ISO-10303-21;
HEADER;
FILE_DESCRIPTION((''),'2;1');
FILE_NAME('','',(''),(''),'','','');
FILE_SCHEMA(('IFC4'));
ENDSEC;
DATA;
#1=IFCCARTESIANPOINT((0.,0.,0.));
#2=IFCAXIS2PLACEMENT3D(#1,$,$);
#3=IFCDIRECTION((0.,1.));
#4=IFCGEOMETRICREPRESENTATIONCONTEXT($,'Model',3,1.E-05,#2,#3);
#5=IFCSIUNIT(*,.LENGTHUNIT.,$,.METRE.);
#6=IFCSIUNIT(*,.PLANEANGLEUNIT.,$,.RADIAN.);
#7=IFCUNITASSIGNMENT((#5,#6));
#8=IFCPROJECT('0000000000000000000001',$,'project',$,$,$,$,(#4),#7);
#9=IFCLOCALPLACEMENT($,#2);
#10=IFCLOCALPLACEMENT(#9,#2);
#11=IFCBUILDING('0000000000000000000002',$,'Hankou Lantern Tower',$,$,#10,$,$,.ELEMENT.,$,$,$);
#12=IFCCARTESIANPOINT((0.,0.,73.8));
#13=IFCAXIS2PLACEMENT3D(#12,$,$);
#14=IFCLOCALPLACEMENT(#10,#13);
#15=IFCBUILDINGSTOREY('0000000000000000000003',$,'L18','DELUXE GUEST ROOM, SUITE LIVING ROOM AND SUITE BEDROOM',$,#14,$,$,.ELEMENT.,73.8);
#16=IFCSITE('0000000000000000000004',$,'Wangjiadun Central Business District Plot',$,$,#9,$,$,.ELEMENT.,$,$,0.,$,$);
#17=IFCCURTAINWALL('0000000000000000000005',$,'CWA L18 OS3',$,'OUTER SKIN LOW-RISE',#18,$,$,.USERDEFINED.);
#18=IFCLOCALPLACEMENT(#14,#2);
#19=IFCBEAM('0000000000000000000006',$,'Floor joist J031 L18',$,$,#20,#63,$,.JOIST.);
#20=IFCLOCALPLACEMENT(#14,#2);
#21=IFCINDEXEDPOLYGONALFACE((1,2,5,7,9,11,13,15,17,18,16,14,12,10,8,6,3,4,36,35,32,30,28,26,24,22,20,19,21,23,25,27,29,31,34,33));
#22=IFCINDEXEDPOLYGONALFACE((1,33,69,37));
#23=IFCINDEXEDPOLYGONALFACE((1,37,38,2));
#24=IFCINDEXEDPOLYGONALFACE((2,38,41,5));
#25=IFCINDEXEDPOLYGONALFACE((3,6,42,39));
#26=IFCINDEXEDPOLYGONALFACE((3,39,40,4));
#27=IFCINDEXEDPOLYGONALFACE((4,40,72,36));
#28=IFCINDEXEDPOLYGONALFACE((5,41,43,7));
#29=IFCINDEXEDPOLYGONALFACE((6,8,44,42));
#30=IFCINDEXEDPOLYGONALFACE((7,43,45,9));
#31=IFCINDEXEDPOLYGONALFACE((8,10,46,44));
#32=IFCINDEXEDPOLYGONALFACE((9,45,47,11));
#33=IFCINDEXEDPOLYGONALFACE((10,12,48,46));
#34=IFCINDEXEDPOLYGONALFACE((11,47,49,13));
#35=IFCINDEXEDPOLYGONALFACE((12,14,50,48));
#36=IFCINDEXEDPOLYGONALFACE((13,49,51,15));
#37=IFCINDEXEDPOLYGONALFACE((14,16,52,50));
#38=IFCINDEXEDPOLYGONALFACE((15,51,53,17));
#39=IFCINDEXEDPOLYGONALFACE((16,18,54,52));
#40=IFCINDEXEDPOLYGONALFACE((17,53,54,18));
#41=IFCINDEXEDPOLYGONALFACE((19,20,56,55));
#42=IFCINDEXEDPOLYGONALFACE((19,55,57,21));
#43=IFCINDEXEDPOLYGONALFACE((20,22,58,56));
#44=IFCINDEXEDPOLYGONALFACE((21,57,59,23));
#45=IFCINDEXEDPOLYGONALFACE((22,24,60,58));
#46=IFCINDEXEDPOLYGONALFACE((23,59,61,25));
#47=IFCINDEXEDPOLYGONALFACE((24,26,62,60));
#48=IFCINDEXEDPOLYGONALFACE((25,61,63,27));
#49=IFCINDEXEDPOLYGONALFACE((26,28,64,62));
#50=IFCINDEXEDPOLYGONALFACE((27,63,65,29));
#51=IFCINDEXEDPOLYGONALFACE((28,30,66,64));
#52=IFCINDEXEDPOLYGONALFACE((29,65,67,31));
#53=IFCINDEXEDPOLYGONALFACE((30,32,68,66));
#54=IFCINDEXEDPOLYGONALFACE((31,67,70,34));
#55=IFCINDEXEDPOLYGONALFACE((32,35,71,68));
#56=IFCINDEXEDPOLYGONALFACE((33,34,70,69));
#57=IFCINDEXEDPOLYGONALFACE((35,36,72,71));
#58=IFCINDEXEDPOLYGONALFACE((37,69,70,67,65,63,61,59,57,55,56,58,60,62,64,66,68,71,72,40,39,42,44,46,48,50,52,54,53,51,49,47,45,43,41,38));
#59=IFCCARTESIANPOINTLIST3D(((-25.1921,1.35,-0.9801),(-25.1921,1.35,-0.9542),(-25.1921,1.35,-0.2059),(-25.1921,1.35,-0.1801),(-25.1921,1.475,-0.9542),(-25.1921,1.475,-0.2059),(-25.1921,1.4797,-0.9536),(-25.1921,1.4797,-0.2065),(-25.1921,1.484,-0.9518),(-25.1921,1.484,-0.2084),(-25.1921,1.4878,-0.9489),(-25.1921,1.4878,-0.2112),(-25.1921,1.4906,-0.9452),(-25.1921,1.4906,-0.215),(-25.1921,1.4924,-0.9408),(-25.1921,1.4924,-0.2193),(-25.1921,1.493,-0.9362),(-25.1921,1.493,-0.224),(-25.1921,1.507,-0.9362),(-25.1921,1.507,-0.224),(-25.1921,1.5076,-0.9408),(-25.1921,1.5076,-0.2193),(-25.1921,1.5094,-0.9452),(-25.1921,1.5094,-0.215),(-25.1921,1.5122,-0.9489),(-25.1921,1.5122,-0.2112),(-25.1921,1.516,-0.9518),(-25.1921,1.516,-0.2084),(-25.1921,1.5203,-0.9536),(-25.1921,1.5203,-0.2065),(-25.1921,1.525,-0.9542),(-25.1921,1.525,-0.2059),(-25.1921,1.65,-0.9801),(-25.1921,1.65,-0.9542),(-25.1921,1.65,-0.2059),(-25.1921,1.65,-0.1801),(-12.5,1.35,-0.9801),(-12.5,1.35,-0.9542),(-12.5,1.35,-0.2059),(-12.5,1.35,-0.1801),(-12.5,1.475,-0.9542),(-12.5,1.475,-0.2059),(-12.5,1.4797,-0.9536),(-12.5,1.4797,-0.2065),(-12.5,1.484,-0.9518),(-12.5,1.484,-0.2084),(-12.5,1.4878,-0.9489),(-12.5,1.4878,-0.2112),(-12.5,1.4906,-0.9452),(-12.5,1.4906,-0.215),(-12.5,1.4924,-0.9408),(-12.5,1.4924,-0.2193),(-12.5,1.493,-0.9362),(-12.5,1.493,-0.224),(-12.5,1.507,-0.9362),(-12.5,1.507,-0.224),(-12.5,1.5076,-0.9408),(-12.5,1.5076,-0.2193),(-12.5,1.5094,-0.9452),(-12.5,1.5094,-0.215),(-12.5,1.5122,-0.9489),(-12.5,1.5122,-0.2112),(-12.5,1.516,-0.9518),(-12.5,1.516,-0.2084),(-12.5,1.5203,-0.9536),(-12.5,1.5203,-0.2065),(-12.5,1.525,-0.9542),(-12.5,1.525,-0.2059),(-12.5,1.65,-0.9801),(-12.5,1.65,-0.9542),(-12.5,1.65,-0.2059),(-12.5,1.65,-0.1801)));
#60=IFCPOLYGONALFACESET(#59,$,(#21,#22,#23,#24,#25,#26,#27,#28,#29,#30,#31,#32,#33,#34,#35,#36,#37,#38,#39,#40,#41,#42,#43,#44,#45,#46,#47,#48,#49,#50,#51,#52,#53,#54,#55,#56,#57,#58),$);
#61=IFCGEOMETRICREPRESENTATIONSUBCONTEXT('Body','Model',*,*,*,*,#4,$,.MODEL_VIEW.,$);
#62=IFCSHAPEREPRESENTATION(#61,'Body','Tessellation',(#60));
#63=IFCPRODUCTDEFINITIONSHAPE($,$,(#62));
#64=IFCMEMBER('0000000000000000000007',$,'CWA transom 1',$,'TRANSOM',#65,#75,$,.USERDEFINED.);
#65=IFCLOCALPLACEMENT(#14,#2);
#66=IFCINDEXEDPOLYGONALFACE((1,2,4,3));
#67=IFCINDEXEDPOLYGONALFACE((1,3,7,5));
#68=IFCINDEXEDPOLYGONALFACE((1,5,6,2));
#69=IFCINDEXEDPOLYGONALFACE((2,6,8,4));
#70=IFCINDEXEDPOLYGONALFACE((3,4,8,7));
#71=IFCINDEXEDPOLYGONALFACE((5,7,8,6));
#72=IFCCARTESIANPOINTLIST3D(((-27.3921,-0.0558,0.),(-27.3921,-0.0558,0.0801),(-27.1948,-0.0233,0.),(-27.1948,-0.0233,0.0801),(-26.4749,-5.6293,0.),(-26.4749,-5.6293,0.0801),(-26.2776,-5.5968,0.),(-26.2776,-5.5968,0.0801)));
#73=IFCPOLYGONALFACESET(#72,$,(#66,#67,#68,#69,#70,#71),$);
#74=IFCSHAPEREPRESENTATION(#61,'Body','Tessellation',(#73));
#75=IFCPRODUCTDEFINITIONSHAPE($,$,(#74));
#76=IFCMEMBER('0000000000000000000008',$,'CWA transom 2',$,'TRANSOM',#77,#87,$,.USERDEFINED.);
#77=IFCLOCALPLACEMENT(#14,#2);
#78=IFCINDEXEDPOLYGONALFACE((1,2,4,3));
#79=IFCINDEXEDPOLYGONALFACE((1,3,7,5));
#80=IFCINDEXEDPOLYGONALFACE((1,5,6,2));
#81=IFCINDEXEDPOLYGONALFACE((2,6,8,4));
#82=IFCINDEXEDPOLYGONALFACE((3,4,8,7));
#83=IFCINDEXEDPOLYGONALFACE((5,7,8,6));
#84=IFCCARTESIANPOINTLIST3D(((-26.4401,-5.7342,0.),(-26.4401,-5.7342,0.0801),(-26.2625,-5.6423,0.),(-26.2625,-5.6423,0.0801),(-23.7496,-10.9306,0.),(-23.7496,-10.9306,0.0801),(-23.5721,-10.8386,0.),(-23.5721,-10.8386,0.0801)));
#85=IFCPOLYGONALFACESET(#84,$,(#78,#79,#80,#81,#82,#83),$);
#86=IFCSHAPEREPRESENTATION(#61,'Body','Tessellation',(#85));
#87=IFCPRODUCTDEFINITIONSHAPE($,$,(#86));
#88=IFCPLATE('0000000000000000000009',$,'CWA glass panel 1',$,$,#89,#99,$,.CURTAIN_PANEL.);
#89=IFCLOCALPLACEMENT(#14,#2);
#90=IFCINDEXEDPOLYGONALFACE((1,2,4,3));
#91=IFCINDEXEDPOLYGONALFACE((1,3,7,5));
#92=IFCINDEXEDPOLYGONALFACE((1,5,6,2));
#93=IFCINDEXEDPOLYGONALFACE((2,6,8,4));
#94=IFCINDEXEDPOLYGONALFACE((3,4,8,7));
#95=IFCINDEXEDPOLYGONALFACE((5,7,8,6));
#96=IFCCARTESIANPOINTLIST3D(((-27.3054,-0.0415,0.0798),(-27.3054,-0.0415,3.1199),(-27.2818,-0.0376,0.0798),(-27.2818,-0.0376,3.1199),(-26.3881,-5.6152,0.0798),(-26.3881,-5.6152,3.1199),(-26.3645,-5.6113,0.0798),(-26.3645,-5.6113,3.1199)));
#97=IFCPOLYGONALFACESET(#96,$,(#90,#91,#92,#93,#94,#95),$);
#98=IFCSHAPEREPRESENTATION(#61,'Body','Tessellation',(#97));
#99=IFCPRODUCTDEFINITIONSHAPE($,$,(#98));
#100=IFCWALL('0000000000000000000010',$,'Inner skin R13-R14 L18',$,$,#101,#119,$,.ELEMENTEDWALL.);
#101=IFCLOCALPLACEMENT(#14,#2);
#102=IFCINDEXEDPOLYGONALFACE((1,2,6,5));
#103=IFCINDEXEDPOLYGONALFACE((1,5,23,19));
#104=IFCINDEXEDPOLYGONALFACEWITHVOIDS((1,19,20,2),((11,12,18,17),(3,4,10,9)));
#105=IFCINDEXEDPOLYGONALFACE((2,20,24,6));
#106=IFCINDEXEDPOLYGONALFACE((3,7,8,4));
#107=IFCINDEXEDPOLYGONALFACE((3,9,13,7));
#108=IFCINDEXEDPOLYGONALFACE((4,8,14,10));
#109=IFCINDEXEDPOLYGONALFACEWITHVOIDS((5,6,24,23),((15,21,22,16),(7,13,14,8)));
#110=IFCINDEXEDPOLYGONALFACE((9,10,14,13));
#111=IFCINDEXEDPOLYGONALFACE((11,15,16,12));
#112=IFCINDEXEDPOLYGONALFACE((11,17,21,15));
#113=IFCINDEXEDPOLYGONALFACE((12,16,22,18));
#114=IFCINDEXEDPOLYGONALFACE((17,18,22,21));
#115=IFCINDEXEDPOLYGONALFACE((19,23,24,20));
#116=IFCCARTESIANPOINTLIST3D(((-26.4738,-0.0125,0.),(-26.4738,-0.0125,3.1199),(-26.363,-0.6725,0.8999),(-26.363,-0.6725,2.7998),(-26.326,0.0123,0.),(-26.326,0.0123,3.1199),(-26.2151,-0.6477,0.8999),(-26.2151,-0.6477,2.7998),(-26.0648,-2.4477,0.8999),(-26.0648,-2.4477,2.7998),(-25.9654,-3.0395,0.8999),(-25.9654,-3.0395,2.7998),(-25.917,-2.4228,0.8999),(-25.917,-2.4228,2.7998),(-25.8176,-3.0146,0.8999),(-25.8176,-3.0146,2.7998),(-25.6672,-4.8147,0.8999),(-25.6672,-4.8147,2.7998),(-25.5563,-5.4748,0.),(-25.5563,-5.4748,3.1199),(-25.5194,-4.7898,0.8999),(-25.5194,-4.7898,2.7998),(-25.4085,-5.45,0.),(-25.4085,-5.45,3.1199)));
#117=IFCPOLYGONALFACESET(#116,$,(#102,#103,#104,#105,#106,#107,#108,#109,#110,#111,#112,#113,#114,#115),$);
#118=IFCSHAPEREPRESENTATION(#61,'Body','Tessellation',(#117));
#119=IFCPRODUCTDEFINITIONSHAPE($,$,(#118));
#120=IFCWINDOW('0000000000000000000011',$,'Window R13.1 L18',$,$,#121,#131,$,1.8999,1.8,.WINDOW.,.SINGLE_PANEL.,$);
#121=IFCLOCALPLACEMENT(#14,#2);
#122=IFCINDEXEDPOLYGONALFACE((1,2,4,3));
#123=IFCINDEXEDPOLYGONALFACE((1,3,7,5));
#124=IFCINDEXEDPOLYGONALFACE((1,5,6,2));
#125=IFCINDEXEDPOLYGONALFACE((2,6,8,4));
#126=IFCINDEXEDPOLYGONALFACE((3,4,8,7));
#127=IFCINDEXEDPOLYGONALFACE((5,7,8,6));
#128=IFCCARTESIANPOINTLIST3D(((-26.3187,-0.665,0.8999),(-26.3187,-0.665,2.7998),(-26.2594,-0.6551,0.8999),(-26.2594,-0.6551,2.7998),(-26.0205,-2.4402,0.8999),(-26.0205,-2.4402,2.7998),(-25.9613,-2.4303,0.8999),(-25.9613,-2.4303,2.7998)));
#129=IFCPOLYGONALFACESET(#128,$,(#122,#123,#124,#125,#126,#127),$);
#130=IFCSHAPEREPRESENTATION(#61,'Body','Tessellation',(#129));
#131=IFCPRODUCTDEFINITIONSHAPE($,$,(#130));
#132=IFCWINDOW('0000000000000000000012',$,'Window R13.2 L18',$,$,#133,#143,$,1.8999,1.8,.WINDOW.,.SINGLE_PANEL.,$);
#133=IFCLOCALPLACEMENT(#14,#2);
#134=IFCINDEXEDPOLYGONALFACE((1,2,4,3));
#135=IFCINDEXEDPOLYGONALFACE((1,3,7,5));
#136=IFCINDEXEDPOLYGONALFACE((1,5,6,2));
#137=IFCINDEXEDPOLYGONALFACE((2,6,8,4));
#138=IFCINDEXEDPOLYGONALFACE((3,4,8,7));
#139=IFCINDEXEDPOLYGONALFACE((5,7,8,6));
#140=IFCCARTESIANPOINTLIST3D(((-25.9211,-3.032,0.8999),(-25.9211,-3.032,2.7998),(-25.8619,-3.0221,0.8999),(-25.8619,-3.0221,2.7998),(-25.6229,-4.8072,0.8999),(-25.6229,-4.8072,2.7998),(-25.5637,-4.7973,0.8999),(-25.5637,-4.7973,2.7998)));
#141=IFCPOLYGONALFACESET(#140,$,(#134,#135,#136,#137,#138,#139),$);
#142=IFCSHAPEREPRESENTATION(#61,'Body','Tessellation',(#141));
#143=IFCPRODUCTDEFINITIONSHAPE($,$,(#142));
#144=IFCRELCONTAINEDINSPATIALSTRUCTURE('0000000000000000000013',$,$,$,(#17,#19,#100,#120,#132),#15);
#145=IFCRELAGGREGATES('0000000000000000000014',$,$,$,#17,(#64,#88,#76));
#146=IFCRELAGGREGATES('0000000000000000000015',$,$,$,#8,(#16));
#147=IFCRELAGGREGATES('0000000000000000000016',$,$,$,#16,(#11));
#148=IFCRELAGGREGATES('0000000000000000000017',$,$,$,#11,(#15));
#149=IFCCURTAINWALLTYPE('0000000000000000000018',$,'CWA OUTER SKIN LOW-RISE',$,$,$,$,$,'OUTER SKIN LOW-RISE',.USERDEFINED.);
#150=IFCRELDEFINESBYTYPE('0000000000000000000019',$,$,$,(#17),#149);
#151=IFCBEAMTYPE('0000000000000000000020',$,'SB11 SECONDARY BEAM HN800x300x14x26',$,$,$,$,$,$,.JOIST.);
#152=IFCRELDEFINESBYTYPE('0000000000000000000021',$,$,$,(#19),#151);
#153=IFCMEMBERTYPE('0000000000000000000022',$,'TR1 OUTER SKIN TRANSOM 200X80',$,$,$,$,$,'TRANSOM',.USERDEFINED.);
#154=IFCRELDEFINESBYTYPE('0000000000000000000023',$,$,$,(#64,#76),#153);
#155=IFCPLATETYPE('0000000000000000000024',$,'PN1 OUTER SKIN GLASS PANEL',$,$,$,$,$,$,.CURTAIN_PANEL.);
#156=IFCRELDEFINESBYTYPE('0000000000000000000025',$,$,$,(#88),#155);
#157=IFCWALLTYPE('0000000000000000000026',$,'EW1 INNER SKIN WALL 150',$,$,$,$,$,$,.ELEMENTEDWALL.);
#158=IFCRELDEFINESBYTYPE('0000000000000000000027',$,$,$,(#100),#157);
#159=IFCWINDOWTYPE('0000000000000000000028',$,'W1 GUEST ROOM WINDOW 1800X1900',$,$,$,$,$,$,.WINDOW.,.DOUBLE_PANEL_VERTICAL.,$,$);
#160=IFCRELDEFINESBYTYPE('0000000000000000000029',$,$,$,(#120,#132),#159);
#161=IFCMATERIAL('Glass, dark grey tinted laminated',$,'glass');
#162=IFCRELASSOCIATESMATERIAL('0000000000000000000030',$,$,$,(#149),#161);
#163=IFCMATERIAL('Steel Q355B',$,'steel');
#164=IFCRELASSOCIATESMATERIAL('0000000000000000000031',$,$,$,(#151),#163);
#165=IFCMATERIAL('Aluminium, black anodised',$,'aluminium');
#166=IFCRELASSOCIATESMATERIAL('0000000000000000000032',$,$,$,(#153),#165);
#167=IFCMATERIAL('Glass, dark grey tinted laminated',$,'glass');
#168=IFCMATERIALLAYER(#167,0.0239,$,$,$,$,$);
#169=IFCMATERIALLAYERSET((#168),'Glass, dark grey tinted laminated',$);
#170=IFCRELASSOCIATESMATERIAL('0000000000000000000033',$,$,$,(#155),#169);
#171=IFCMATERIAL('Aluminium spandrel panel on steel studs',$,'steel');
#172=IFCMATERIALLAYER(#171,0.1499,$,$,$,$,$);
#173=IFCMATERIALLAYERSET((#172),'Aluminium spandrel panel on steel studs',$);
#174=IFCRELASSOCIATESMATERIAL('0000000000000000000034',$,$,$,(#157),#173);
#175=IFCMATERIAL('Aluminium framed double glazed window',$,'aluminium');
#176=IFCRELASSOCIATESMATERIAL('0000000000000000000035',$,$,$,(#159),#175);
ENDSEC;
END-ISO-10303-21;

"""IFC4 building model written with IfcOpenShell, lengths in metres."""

from ifc_helpers import new_model, si_unit, direction, frame, frame_2d, origin, origin_2d, place, context, subcontext, project, spatial, rectangle, i_section, extrude, material, layer, layer_set, material_profile, profile_set, type_object, element, fill, aggregate, save


model = new_model("IFC4")

# Units and contexts
model_context = context("Model", 3, precision=1e-05, world=origin(), true_north=direction((0.0, 1.0)))
body_context = subcontext(model_context, "Body", "Model", "MODEL_VIEW")
ifc_project = project(units=[si_unit("LENGTHUNIT", "METRE"), si_unit("PLANEANGLEUNIT", "RADIAN")], contexts=[model_context])

# Site, building, storey
site_placement = place(None, origin())
site = spatial("IfcSite", under=ifc_project, at=site_placement, Name="Wangjiadun Central Business District Plot", CompositionType="ELEMENT", RefElevation=0.0)
building_placement = place(site_placement, origin())
building = spatial("IfcBuilding", under=site, at=building_placement, Name="Hankou Lantern Tower", CompositionType="ELEMENT")
storey_placement = place(building_placement, frame((0.0, 0.0, 73.8)))
storey = spatial("IfcBuildingStorey", under=building, at=storey_placement, Name="L18", Description="DELUXE GUEST ROOM, SUITE LIVING ROOM AND SUITE BEDROOM", CompositionType="ELEMENT", Elevation=73.8)

# Curtain wall
ifc_material_1 = material(Name="Glass, dark grey tinted laminated", Category="glass")
curtain_wall_type = type_object("IfcCurtainWallType", Name="CWA OUTER SKIN LOW-RISE", ElementType="OUTER SKIN LOW-RISE", PredefinedType="USERDEFINED", material=ifc_material_1)
curtain_wall_placement = place(storey_placement, origin())
curtain_wall = element("IfcCurtainWall", 1, at=curtain_wall_placement, inside=storey, type_object=curtain_wall_type, Name="CWA L18 OS3", ObjectType="OUTER SKIN LOW-RISE", PredefinedType="USERDEFINED")

# Beam
ifc_material_2 = material(Name="Steel Q355B", Category="steel")
ifc_material_profile_1 = material_profile(ifc_material_2, i_section(OverallWidth=0.3, OverallDepth=0.8, WebThickness=0.0139, FlangeThickness=0.0259, FilletRadius=0.0181, at=origin_2d()), Name="HN800x300x14x26")
ifc_profile_set_1 = profile_set([ifc_material_profile_1], Name="Steel Q355B")
beam_type_1 = type_object("IfcBeamType", Name="SB11 SECONDARY BEAM HN800x300x14x26", PredefinedType="JOIST", material=ifc_profile_set_1)
for number, where, z_axis, x_axis, name in (
    (2, (-25.1921, 1.5, -0.5801), (1.0, 0.0, 0.0), (0.0, 1.0, 0.0), "Floor joist J031 L18"),
):
    element("IfcBeam", number, at=place(storey_placement, frame(where, z_axis=z_axis, x_axis=x_axis)), inside=storey, type_object=beam_type_1, Name=name, PredefinedType="JOIST", context=body_context, shape_type="SweptSolid", body=[
        extrude(i_section(OverallWidth=0.3, OverallDepth=0.8, WebThickness=0.0139, FlangeThickness=0.0259, FilletRadius=0.0181, at=origin_2d()), origin(), (0.0, 0.0, 1.0), 12.6921),
    ])

# Members
ifc_material_3 = material(Name="Aluminium, black anodised", Category="aluminium")
ifc_material_profile_2 = material_profile(ifc_material_3, rectangle(XDim=0.2, YDim=0.0801, at=origin_2d()), Name="TR1 200X80")
ifc_profile_set_2 = profile_set([ifc_material_profile_2], Name="Aluminium, black anodised")
member_type_1 = type_object("IfcMemberType", Name="TR1 OUTER SKIN TRANSOM 200X80", ElementType="TRANSOM", PredefinedType="USERDEFINED", material=ifc_profile_set_2)
member_1_placement = place(storey_placement, frame((-27.2935, -0.0396, 0.04), z_axis=(0.162387, -0.986727, 0.0), x_axis=(0.986727, 0.162387, 0.0)))
member_1 = element("IfcMember", 3, at=member_1_placement, type_object=member_type_1, Name="CWA transom 1", ObjectType="TRANSOM", PredefinedType="USERDEFINED", context=body_context, shape_type="SweptSolid", body=[
    extrude(rectangle(XDim=0.2, YDim=0.0801, at=origin_2d()), origin(), (0.0, 0.0, 1.0), 5.6484),
])
member_2_placement = place(storey_placement, frame((-26.3513, -5.6882, 0.04), z_axis=(0.459786, -0.88803, 0.0), x_axis=(0.88803, 0.459786, 0.0)))
member_2 = element("IfcMember", 4, at=member_2_placement, type_object=member_type_1, Name="CWA transom 2", ObjectType="TRANSOM", PredefinedType="USERDEFINED", context=body_context, shape_type="SweptSolid", body=[
    extrude(rectangle(XDim=0.2, YDim=0.0801, at=origin_2d()), origin(), (0.0, 0.0, 1.0), 5.8516),
])

# Plate
ifc_material_4 = material(Name="Glass, dark grey tinted laminated", Category="glass")
ifc_layer_1 = layer(ifc_material_4, 0.0239)
ifc_layer_set_1 = layer_set([ifc_layer_1], Name="Glass, dark grey tinted laminated")
plate_type = type_object("IfcPlateType", Name="PN1 OUTER SKIN GLASS PANEL", PredefinedType="CURTAIN_PANEL", material=ifc_layer_set_1)
plate_placement = place(storey_placement, frame((-26.835, -2.8264, 0.0798), z_axis=(0.0, 0.0, 1.0), x_axis=(0.162382, -0.986728, 0.0)))
plate = element("IfcPlate", 5, at=plate_placement, type_object=plate_type, Name="CWA glass panel 1", PredefinedType="CURTAIN_PANEL", context=body_context, shape_type="SweptSolid", body=[
    extrude(rectangle(XDim=5.6487, YDim=0.0239, at=origin_2d()), origin(), (0.0, 0.0, 1.0), 3.04),
])
aggregate(curtain_wall, [member_1, plate, member_2])

# Wall, openings, windows
ifc_material_5 = material(Name="Aluminium spandrel panel on steel studs", Category="steel")
ifc_layer_2 = layer(ifc_material_5, 0.1499)
ifc_layer_set_2 = layer_set([ifc_layer_2], Name="Aluminium spandrel panel on steel studs")
wall_type_1 = type_object("IfcWallType", Name="EW1 INNER SKIN WALL 150", PredefinedType="ELEMENTEDWALL", material=ifc_layer_set_2)
wall_1_placement = place(storey_placement, frame((-26.3999, 0.0, 0.0), z_axis=(0.0, 0.0, 1.0), x_axis=(0.165643, -0.986186, 0.0)))
wall_1 = element("IfcWall", 6, at=wall_1_placement, inside=storey, type_object=wall_type_1, Name="Inner skin R13-R14 L18", PredefinedType="ELEMENTEDWALL", context=body_context, shape_type="SweptSolid", body=[
    extrude(rectangle(XDim=5.5388, YDim=0.1499, at=frame_2d((2.7695, 0.0))), origin(), (0.0, 0.0, 1.0), 3.1199),
])
opening_1_placement = place(wall_1_placement, frame((0.6694, 0.0, 0.8999)))
opening_1 = element("IfcOpeningElement", 7, at=opening_1_placement, cuts=wall_1, PredefinedType="OPENING", context=body_context, shape_type="SweptSolid", body=[
    extrude(rectangle(XDim=1.8, YDim=1.8999, at=frame_2d((0.8999, 0.95))), frame((0.0, 0.085, 0.0), z_axis=(0.0, -1.0, 0.0), x_axis=(1.0, 0.0, 0.0)), (0.0, 0.0, 1.0), 0.1699),
])
opening_2_placement = place(wall_1_placement, frame((3.0696, 0.0, 0.8999)))
opening_2 = element("IfcOpeningElement", 8, at=opening_2_placement, cuts=wall_1, PredefinedType="OPENING", context=body_context, shape_type="SweptSolid", body=[
    extrude(rectangle(XDim=1.8, YDim=1.8999, at=frame_2d((0.8999, 0.95))), frame((0.0, 0.085, 0.0), z_axis=(0.0, -1.0, 0.0), x_axis=(1.0, 0.0, 0.0)), (0.0, 0.0, 1.0), 0.1699),
])
ifc_material_6 = material(Name="Aluminium framed double glazed window", Category="aluminium")
window_type = type_object("IfcWindowType", Name="W1 GUEST ROOM WINDOW 1800X1900", PartitioningType="DOUBLE_PANEL_VERTICAL", PredefinedType="WINDOW", material=ifc_material_6)
window_1_placement = place(opening_1_placement, origin())
window_1 = element("IfcWindow", 9, at=window_1_placement, inside=storey, type_object=window_type, Name="Window R13.1 L18", OverallHeight=1.8999, OverallWidth=1.8, PartitioningType="SINGLE_PANEL", PredefinedType="WINDOW", context=body_context, shape_type="SweptSolid", body=[
    extrude(rectangle(XDim=1.8, YDim=1.8999, at=frame_2d((0.8999, 0.95))), frame((0.0, 0.03, 0.0), z_axis=(0.0, -1.0, 0.0), x_axis=(1.0, 0.0, 0.0)), (0.0, 0.0, 1.0), 0.0601),
])
fill(opening_1, window_1)
window_2_placement = place(opening_2_placement, origin())
window_2 = element("IfcWindow", 10, at=window_2_placement, inside=storey, type_object=window_type, Name="Window R13.2 L18", OverallHeight=1.8999, OverallWidth=1.8, PartitioningType="SINGLE_PANEL", PredefinedType="WINDOW", context=body_context, shape_type="SweptSolid", body=[
    extrude(rectangle(XDim=1.8, YDim=1.8999, at=frame_2d((0.8999, 0.95))), frame((0.0, 0.03, 0.0), z_axis=(0.0, -1.0, 0.0), x_axis=(1.0, 0.0, 0.0)), (0.0, 0.0, 1.0), 0.0601),
])
fill(opening_2, window_2)

save(model, "model.ifc")
